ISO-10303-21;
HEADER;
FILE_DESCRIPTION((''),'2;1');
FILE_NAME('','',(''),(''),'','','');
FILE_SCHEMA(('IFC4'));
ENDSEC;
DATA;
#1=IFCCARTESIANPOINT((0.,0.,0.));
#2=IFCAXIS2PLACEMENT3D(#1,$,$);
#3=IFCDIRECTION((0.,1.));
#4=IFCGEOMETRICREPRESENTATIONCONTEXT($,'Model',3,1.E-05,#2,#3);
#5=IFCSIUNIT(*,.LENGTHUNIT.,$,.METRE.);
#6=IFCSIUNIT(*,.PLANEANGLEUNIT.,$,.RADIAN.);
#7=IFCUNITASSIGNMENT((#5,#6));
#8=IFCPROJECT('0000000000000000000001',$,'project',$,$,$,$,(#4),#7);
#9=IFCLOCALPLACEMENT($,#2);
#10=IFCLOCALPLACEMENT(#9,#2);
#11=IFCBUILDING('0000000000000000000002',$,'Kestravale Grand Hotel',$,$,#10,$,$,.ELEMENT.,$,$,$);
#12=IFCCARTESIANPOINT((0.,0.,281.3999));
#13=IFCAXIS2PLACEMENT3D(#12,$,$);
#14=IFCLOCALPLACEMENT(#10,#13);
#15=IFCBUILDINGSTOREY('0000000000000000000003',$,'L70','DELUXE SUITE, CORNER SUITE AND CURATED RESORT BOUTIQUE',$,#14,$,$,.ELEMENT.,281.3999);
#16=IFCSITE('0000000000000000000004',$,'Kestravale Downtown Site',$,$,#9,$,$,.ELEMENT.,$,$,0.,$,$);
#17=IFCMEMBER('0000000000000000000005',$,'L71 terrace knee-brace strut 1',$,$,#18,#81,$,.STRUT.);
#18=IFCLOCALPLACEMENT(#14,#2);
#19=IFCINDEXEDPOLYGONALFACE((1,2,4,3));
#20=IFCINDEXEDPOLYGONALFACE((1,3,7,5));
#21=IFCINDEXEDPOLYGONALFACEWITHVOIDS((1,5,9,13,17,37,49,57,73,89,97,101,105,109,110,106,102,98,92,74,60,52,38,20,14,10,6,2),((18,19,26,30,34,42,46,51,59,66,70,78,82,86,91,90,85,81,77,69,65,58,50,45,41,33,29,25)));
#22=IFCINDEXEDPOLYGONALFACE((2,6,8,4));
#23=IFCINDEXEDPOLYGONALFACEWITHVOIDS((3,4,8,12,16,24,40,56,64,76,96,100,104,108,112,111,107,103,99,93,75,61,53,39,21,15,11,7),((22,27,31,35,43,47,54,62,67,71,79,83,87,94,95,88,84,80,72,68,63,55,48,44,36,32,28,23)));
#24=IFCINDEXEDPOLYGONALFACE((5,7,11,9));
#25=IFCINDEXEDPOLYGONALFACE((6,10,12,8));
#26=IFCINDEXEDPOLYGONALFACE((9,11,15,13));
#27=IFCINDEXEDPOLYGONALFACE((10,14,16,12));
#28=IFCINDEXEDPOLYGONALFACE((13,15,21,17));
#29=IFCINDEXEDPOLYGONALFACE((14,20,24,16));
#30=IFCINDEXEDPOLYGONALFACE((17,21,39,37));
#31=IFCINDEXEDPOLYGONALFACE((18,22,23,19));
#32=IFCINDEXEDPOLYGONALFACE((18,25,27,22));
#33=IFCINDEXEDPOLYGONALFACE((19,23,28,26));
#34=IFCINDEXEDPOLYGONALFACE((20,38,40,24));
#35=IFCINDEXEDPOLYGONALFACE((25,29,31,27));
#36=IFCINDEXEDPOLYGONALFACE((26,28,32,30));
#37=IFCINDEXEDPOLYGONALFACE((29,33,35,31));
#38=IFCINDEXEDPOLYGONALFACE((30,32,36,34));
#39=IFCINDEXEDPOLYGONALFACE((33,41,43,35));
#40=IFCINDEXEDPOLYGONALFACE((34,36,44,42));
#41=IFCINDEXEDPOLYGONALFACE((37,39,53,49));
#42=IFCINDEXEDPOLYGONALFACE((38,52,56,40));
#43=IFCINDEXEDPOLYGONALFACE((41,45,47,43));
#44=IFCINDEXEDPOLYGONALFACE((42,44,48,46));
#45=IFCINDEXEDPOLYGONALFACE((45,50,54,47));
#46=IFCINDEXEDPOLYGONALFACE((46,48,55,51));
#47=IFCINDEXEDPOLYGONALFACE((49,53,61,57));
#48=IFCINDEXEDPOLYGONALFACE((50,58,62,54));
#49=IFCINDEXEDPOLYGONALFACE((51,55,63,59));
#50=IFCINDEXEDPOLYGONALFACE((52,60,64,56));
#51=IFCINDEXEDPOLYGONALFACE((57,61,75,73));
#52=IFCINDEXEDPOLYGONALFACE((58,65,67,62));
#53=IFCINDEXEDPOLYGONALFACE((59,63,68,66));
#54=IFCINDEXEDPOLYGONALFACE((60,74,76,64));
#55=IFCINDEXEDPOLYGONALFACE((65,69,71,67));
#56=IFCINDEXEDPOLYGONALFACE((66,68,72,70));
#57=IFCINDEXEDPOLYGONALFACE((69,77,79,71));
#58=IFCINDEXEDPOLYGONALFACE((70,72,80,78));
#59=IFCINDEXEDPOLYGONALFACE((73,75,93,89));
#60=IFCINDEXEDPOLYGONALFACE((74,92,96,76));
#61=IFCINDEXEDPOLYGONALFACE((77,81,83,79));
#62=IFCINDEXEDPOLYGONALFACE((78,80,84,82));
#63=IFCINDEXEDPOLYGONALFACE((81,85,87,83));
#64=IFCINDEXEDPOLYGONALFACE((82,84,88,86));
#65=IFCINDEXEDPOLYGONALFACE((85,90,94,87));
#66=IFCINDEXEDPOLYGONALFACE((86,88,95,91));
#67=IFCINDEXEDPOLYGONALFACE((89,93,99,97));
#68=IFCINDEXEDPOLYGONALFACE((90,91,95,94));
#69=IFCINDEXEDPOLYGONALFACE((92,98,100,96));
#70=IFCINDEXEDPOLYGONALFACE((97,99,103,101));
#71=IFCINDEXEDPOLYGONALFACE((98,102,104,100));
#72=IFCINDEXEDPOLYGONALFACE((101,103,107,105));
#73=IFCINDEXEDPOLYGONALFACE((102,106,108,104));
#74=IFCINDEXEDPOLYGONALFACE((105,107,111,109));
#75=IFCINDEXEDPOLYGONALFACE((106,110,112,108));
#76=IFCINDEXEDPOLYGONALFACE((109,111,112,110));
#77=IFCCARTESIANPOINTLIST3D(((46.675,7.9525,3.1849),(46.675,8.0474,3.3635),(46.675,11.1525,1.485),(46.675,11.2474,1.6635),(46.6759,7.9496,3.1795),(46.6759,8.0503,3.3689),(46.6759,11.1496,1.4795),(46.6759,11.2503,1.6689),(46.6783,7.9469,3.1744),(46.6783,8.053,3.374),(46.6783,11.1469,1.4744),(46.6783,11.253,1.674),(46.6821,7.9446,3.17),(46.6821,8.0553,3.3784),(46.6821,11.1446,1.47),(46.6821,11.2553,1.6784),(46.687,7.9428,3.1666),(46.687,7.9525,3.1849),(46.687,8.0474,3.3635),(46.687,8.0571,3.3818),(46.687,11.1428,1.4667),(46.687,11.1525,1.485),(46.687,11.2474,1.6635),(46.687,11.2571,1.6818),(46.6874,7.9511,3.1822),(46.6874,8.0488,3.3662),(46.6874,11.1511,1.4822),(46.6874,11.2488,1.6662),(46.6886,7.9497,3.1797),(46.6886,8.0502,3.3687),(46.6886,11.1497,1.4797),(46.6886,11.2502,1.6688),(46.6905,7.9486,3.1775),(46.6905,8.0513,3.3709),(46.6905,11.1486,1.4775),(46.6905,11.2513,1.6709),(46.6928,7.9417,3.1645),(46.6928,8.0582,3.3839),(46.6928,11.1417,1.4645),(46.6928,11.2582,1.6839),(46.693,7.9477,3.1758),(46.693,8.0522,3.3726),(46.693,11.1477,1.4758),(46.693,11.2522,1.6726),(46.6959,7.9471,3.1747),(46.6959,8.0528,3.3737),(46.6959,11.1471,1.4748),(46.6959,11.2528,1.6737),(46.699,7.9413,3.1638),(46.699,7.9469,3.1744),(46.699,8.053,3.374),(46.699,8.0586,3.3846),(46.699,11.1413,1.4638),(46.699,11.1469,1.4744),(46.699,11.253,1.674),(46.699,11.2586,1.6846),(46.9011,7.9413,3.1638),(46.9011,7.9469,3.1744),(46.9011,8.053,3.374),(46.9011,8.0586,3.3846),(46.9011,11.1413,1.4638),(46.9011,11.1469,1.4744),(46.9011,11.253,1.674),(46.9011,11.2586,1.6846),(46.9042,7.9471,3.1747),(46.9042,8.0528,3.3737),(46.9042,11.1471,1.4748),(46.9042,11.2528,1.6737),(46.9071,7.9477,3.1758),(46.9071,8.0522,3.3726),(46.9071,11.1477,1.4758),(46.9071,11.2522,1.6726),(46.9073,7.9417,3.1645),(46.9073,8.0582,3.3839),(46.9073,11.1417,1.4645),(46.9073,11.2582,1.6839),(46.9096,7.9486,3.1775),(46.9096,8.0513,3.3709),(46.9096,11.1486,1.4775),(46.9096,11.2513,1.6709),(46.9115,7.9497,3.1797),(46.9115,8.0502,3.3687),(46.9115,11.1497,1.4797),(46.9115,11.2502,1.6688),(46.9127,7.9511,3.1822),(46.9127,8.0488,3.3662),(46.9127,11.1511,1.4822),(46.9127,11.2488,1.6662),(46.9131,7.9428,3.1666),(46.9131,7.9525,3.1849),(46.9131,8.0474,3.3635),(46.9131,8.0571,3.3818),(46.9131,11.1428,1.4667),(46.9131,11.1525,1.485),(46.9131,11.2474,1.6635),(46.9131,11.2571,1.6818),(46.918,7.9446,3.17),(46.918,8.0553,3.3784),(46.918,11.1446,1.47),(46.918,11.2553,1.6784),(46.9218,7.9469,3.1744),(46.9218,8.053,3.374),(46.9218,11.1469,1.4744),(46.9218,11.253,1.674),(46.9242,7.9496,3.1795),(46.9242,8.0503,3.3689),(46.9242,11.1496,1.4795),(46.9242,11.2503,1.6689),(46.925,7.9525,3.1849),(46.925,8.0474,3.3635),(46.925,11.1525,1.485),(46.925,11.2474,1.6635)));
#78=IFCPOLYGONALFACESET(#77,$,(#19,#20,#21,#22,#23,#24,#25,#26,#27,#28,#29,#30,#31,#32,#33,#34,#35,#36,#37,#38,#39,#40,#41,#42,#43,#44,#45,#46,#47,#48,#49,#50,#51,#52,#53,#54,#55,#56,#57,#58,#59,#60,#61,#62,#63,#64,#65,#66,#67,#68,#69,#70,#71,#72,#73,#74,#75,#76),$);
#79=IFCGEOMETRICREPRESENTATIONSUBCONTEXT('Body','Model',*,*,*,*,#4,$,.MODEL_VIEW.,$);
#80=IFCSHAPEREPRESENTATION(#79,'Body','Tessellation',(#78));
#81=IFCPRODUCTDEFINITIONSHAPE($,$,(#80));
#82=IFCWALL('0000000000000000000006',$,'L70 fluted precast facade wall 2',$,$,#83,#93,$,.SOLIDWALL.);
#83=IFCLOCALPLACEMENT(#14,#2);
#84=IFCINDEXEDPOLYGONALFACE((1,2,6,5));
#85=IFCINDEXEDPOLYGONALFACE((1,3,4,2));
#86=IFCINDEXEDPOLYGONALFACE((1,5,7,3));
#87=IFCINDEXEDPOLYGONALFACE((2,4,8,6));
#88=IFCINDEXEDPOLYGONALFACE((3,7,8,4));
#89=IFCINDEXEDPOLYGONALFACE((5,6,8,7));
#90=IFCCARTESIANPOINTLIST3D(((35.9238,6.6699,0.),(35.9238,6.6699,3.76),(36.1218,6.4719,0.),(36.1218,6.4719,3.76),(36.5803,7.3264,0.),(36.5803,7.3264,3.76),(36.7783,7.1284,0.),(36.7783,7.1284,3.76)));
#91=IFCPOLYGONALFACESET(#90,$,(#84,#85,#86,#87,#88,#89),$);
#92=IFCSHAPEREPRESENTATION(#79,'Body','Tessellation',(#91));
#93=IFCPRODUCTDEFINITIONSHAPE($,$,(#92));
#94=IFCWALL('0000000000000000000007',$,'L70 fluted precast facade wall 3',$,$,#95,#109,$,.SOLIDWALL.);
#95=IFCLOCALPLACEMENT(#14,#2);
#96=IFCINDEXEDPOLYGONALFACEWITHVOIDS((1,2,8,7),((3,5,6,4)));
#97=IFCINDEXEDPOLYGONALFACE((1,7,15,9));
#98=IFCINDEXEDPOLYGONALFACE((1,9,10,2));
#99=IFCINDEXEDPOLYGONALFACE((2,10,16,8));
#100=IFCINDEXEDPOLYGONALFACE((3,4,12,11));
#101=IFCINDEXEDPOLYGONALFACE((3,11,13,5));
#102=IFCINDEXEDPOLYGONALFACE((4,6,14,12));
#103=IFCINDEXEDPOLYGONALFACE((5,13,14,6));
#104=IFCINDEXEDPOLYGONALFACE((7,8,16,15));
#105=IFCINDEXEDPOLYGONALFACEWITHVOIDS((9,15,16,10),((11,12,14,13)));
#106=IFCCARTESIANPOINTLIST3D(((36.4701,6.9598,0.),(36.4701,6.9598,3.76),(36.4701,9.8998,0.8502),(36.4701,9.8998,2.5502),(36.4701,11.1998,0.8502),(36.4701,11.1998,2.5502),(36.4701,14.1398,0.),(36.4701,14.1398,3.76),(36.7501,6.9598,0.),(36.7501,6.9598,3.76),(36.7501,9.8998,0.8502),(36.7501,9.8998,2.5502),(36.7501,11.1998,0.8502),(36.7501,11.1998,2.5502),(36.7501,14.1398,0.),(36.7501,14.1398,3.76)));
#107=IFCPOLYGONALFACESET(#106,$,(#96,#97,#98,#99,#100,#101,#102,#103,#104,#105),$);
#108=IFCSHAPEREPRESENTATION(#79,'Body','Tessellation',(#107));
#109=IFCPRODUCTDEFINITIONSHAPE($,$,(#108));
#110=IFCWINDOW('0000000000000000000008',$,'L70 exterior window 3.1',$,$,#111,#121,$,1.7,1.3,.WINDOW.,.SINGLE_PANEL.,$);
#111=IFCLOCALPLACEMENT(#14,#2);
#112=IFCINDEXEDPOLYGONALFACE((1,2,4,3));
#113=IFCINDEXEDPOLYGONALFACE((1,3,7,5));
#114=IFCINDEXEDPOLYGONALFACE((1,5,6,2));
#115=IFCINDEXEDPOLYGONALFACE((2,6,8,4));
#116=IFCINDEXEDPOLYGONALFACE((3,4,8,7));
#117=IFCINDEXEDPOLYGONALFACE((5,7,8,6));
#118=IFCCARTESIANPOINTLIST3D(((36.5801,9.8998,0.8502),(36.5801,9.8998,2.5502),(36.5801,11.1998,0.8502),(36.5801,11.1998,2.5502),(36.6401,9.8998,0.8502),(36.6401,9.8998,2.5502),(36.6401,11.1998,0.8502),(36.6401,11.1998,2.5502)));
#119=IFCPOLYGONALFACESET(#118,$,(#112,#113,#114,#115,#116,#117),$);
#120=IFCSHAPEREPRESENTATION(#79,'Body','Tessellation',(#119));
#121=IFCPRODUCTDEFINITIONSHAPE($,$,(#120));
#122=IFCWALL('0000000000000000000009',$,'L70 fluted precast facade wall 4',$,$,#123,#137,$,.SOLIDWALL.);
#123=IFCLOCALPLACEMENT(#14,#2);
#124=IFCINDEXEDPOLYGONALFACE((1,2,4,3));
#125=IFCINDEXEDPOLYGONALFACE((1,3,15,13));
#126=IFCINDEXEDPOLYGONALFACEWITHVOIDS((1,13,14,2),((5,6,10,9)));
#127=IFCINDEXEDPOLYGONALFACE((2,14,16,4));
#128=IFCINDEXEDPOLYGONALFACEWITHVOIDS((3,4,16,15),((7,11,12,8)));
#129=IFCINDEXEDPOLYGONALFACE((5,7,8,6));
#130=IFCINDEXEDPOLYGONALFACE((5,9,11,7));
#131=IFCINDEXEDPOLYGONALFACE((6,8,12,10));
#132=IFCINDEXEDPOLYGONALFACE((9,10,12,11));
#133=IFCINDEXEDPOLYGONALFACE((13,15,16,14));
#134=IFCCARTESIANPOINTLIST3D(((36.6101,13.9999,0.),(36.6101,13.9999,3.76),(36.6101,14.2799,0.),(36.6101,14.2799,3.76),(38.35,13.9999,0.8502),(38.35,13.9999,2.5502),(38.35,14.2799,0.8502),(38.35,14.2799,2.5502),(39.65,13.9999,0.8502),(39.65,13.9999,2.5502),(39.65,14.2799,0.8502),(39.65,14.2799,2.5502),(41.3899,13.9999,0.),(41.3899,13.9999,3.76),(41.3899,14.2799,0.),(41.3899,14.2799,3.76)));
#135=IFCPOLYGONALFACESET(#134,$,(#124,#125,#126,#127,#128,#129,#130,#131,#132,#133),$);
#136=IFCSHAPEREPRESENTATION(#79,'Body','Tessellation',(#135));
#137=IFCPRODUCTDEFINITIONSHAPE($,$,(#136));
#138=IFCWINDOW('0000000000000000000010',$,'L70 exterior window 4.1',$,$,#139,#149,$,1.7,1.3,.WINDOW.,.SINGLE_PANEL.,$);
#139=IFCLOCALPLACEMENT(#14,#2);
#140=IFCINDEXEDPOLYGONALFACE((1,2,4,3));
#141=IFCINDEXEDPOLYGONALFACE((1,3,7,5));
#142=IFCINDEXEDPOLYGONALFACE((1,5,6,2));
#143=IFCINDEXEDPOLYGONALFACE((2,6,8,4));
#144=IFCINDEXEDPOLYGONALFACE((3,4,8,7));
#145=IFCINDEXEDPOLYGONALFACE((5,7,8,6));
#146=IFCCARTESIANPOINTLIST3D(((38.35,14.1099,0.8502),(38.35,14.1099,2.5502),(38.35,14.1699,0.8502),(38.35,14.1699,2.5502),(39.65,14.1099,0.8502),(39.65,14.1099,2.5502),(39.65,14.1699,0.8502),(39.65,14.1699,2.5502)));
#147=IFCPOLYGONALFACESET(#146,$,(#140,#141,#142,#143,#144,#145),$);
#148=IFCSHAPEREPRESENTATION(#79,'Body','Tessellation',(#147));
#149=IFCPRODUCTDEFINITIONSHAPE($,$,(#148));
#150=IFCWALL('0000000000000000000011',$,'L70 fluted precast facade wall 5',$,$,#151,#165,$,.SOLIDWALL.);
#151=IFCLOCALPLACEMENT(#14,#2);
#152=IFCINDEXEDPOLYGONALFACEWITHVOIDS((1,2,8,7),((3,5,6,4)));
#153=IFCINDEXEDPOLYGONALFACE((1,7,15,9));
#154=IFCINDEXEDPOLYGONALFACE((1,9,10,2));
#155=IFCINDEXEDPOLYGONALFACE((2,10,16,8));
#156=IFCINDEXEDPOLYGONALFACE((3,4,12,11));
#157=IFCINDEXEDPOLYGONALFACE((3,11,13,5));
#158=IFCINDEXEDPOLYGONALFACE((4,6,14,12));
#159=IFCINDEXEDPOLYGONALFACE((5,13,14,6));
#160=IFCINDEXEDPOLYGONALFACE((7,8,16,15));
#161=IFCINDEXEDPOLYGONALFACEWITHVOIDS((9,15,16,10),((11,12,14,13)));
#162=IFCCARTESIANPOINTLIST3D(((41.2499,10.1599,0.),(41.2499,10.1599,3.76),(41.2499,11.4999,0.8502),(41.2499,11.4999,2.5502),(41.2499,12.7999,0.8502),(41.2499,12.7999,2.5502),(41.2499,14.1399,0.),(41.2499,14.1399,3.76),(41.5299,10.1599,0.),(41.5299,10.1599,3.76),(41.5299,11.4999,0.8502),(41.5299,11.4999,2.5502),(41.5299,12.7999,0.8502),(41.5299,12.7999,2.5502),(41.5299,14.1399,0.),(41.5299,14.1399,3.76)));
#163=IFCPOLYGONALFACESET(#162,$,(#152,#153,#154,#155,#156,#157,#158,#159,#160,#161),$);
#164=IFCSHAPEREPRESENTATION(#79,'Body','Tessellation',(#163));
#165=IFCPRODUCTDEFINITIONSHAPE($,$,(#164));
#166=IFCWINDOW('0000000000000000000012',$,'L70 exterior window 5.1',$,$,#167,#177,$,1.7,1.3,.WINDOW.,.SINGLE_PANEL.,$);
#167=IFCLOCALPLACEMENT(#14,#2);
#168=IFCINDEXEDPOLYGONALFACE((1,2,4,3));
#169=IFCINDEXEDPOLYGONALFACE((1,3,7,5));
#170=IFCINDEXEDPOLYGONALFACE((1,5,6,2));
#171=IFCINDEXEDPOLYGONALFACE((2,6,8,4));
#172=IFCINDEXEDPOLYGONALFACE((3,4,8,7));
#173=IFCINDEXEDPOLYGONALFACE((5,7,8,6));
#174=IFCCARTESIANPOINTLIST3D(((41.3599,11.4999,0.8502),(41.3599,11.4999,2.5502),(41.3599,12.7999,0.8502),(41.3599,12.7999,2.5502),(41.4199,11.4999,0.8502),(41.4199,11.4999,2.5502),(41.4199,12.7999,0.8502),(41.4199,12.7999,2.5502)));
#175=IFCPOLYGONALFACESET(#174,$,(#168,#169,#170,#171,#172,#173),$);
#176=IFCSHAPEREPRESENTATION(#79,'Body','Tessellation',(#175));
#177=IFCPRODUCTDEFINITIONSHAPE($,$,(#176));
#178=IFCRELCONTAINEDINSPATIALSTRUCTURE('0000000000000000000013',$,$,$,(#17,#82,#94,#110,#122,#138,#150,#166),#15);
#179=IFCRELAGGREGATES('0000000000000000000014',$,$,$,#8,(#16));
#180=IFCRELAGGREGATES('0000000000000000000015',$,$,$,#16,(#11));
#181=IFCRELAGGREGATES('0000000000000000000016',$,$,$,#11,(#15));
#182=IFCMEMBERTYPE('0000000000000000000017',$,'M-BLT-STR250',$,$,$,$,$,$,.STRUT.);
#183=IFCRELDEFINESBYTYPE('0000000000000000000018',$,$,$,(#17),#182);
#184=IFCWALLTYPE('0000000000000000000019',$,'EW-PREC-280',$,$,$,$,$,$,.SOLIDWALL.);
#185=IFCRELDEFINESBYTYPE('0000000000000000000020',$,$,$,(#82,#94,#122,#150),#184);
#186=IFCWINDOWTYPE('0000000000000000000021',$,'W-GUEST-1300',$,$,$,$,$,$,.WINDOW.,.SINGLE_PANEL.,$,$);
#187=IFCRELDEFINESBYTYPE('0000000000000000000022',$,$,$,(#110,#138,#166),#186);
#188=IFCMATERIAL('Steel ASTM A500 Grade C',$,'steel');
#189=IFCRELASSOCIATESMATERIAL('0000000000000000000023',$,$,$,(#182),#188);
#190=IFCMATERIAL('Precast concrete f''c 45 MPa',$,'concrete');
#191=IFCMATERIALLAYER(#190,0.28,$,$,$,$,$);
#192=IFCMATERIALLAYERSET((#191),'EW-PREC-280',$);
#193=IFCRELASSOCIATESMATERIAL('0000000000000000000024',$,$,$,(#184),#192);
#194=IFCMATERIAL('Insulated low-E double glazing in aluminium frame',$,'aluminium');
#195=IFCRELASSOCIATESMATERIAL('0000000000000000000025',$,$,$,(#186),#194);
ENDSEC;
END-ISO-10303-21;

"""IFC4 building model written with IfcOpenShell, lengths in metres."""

from ifc_helpers import new_model, si_unit, direction, frame, frame_2d, origin, origin_2d, place, context, subcontext, project, spatial, rectangle, hollow_rectangle, extrude, material, layer, layer_set, material_profile, profile_set, type_object, element, fill, save


model = new_model("IFC4")

# Units and contexts
model_context = context("Model", 3, precision=1e-05, world=origin(), true_north=direction((0.0, 1.0)))
body_context = subcontext(model_context, "Body", "Model", "MODEL_VIEW")
ifc_project = project(units=[si_unit("LENGTHUNIT", "METRE"), si_unit("PLANEANGLEUNIT", "RADIAN")], contexts=[model_context])

# Site, building, storey
site_placement = place(None, origin())
site = spatial("IfcSite", under=ifc_project, at=site_placement, Name="Kestravale Downtown Site", CompositionType="ELEMENT", RefElevation=0.0)
building_placement = place(site_placement, origin())
building = spatial("IfcBuilding", under=site, at=building_placement, Name="Kestravale Grand Hotel", CompositionType="ELEMENT")
storey_placement = place(building_placement, frame((0.0, 0.0, 281.3999)))
storey = spatial("IfcBuildingStorey", under=building, at=storey_placement, Name="L70", Description="DELUXE SUITE, CORNER SUITE AND CURATED RESORT BOUTIQUE", CompositionType="ELEMENT", Elevation=281.3999)

# Member
ifc_material_1 = material(Name="Steel ASTM A500 Grade C", Category="steel")
ifc_material_profile_1 = material_profile(ifc_material_1, hollow_rectangle(XDim=0.25, YDim=0.25, WallThickness=0.012, InnerFilletRadius=0.012, OuterFilletRadius=0.0239, at=origin_2d()))
ifc_profile_set_1 = profile_set([ifc_material_profile_1], Name="Steel ASTM A500 Grade C")
member_type = type_object("IfcMemberType", Name="M-BLT-STR250", PredefinedType="STRUT", material=ifc_profile_set_1)
member_placement = place(storey_placement, frame((46.8, 11.2, 1.5742), z_axis=(0.0, -0.883118, 0.46915), x_axis=(1.0, 0.0, 0.0)))
element("IfcMember", 1, at=member_placement, inside=storey, type_object=member_type, Name="L71 terrace knee-brace strut 1", PredefinedType="STRUT", context=body_context, shape_type="SweptSolid", body=[
    extrude(hollow_rectangle(XDim=0.25, YDim=0.25, WallThickness=0.012, InnerFilletRadius=0.012, OuterFilletRadius=0.0239, at=origin_2d()), origin(), (0.0, 0.0, 1.0), 3.6235),
])

# Wall
ifc_material_2 = material(Name="Precast concrete f'c 45 MPa", Category="concrete")
ifc_layer_1 = layer(ifc_material_2, 0.28)
ifc_layer_set_1 = layer_set([ifc_layer_1], Name="EW-PREC-280")
wall_type_1 = type_object("IfcWallType", Name="EW-PREC-280", PredefinedType="SOLIDWALL", material=ifc_layer_set_1)
wall_1_placement = place(storey_placement, frame((36.0227, 6.5708, 0.0), z_axis=(0.0, 0.0, 1.0), x_axis=(0.707107, 0.707107, 0.0)))
element("IfcWall", 2, at=wall_1_placement, inside=storey, type_object=wall_type_1, Name="L70 fluted precast facade wall 2", PredefinedType="SOLIDWALL", context=body_context, shape_type="SweptSolid", body=[
    extrude(rectangle(XDim=0.9285, YDim=0.28, at=frame_2d((0.4644, 0.0))), origin(), (0.0, 0.0, 1.0), 3.76),
])

# Walls, openings, windows
wall_2_placement = place(storey_placement, frame((36.6101, 6.96, 0.0), z_axis=(0.0, 0.0, 1.0), x_axis=(0.0, 1.0, 0.0)))
wall_2 = element("IfcWall", 3, at=wall_2_placement, inside=storey, type_object=wall_type_1, Name="L70 fluted precast facade wall 3", PredefinedType="SOLIDWALL", context=body_context, shape_type="SweptSolid", body=[
    extrude(rectangle(XDim=7.1799, YDim=0.28, at=frame_2d((3.5898, 0.0))), origin(), (0.0, 0.0, 1.0), 3.76),
])
opening_1_placement = place(wall_2_placement, frame((2.9399, 0.0, 0.8501)))
opening_1 = element("IfcOpeningElement", 4, at=opening_1_placement, cuts=wall_2, PredefinedType="OPENING", context=body_context, shape_type="SweptSolid", body=[
    extrude(rectangle(XDim=1.3, YDim=1.7, at=frame_2d((0.6499, 0.8501))), frame((0.0, 0.1499, 0.0), z_axis=(0.0, -1.0, 0.0), x_axis=(1.0, 0.0, 0.0)), (0.0, 0.0, 1.0), 0.3),
])
ifc_material_3 = material(Name="Insulated low-E double glazing in aluminium frame", Category="aluminium")
window_type = type_object("IfcWindowType", Name="W-GUEST-1300", PartitioningType="SINGLE_PANEL", PredefinedType="WINDOW", material=ifc_material_3)
window_1_placement = place(opening_1_placement, origin())
window_1 = element("IfcWindow", 5, at=window_1_placement, inside=storey, type_object=window_type, Name="L70 exterior window 3.1", OverallHeight=1.7, OverallWidth=1.3, PartitioningType="SINGLE_PANEL", PredefinedType="WINDOW", context=body_context, shape_type="SweptSolid", body=[
    extrude(rectangle(XDim=1.3, YDim=1.7, at=frame_2d((0.6499, 0.8501))), frame((0.0, 0.03, 0.0), z_axis=(0.0, -1.0, 0.0), x_axis=(1.0, 0.0, 0.0)), (0.0, 0.0, 1.0), 0.0601),
])
fill(opening_1, window_1)
wall_3_placement = place(storey_placement, frame((36.6101, 14.1399, 0.0), z_axis=(0.0, 0.0, 1.0), x_axis=(1.0, 0.0, 0.0)))
wall_3 = element("IfcWall", 6, at=wall_3_placement, inside=storey, type_object=wall_type_1, Name="L70 fluted precast facade wall 4", PredefinedType="SOLIDWALL", context=body_context, shape_type="SweptSolid", body=[
    extrude(rectangle(XDim=4.7798, YDim=0.28, at=frame_2d((2.3899, 0.0))), origin(), (0.0, 0.0, 1.0), 3.76),
])
opening_2_placement = place(wall_3_placement, frame((1.74, 0.0, 0.8501)))
opening_2 = element("IfcOpeningElement", 7, at=opening_2_placement, cuts=wall_3, PredefinedType="OPENING", context=body_context, shape_type="SweptSolid", body=[
    extrude(rectangle(XDim=1.3, YDim=1.7, at=frame_2d((0.6499, 0.8501))), frame((0.0, 0.1499, 0.0), z_axis=(0.0, -1.0, 0.0), x_axis=(1.0, 0.0, 0.0)), (0.0, 0.0, 1.0), 0.3),
])
window_2_placement = place(opening_2_placement, origin())
window_2 = element("IfcWindow", 8, at=window_2_placement, inside=storey, type_object=window_type, Name="L70 exterior window 4.1", OverallHeight=1.7, OverallWidth=1.3, PartitioningType="SINGLE_PANEL", PredefinedType="WINDOW", context=body_context, shape_type="SweptSolid", body=[
    extrude(rectangle(XDim=1.3, YDim=1.7, at=frame_2d((0.6499, 0.8501))), frame((0.0, 0.03, 0.0), z_axis=(0.0, -1.0, 0.0), x_axis=(1.0, 0.0, 0.0)), (0.0, 0.0, 1.0), 0.0601),
])
fill(opening_2, window_2)
wall_4_placement = place(storey_placement, frame((41.3899, 14.1399, 0.0), z_axis=(0.0, 0.0, 1.0), x_axis=(0.0, -1.0, 0.0)))
wall_4 = element("IfcWall", 9, at=wall_4_placement, inside=storey, type_object=wall_type_1, Name="L70 fluted precast facade wall 5", PredefinedType="SOLIDWALL", context=body_context, shape_type="SweptSolid", body=[
    extrude(rectangle(XDim=3.98, YDim=0.28, at=frame_2d((1.99, 0.0))), origin(), (0.0, 0.0, 1.0), 3.76),
])
opening_3_placement = place(wall_4_placement, frame((1.3401, 0.0, 0.8501)))
opening_3 = element("IfcOpeningElement", 10, at=opening_3_placement, cuts=wall_4, PredefinedType="OPENING", context=body_context, shape_type="SweptSolid", body=[
    extrude(rectangle(XDim=1.3, YDim=1.7, at=frame_2d((0.6499, 0.8501))), frame((0.0, 0.1499, 0.0), z_axis=(0.0, -1.0, 0.0), x_axis=(1.0, 0.0, 0.0)), (0.0, 0.0, 1.0), 0.3),
])
window_3_placement = place(opening_3_placement, origin())
window_3 = element("IfcWindow", 11, at=window_3_placement, inside=storey, type_object=window_type, Name="L70 exterior window 5.1", OverallHeight=1.7, OverallWidth=1.3, PartitioningType="SINGLE_PANEL", PredefinedType="WINDOW", context=body_context, shape_type="SweptSolid", body=[
    extrude(rectangle(XDim=1.3, YDim=1.7, at=frame_2d((0.6499, 0.8501))), frame((0.0, 0.03, 0.0), z_axis=(0.0, -1.0, 0.0), x_axis=(1.0, 0.0, 0.0)), (0.0, 0.0, 1.0), 0.0601),
])
fill(opening_3, window_3)

save(model, "model.ifc")
